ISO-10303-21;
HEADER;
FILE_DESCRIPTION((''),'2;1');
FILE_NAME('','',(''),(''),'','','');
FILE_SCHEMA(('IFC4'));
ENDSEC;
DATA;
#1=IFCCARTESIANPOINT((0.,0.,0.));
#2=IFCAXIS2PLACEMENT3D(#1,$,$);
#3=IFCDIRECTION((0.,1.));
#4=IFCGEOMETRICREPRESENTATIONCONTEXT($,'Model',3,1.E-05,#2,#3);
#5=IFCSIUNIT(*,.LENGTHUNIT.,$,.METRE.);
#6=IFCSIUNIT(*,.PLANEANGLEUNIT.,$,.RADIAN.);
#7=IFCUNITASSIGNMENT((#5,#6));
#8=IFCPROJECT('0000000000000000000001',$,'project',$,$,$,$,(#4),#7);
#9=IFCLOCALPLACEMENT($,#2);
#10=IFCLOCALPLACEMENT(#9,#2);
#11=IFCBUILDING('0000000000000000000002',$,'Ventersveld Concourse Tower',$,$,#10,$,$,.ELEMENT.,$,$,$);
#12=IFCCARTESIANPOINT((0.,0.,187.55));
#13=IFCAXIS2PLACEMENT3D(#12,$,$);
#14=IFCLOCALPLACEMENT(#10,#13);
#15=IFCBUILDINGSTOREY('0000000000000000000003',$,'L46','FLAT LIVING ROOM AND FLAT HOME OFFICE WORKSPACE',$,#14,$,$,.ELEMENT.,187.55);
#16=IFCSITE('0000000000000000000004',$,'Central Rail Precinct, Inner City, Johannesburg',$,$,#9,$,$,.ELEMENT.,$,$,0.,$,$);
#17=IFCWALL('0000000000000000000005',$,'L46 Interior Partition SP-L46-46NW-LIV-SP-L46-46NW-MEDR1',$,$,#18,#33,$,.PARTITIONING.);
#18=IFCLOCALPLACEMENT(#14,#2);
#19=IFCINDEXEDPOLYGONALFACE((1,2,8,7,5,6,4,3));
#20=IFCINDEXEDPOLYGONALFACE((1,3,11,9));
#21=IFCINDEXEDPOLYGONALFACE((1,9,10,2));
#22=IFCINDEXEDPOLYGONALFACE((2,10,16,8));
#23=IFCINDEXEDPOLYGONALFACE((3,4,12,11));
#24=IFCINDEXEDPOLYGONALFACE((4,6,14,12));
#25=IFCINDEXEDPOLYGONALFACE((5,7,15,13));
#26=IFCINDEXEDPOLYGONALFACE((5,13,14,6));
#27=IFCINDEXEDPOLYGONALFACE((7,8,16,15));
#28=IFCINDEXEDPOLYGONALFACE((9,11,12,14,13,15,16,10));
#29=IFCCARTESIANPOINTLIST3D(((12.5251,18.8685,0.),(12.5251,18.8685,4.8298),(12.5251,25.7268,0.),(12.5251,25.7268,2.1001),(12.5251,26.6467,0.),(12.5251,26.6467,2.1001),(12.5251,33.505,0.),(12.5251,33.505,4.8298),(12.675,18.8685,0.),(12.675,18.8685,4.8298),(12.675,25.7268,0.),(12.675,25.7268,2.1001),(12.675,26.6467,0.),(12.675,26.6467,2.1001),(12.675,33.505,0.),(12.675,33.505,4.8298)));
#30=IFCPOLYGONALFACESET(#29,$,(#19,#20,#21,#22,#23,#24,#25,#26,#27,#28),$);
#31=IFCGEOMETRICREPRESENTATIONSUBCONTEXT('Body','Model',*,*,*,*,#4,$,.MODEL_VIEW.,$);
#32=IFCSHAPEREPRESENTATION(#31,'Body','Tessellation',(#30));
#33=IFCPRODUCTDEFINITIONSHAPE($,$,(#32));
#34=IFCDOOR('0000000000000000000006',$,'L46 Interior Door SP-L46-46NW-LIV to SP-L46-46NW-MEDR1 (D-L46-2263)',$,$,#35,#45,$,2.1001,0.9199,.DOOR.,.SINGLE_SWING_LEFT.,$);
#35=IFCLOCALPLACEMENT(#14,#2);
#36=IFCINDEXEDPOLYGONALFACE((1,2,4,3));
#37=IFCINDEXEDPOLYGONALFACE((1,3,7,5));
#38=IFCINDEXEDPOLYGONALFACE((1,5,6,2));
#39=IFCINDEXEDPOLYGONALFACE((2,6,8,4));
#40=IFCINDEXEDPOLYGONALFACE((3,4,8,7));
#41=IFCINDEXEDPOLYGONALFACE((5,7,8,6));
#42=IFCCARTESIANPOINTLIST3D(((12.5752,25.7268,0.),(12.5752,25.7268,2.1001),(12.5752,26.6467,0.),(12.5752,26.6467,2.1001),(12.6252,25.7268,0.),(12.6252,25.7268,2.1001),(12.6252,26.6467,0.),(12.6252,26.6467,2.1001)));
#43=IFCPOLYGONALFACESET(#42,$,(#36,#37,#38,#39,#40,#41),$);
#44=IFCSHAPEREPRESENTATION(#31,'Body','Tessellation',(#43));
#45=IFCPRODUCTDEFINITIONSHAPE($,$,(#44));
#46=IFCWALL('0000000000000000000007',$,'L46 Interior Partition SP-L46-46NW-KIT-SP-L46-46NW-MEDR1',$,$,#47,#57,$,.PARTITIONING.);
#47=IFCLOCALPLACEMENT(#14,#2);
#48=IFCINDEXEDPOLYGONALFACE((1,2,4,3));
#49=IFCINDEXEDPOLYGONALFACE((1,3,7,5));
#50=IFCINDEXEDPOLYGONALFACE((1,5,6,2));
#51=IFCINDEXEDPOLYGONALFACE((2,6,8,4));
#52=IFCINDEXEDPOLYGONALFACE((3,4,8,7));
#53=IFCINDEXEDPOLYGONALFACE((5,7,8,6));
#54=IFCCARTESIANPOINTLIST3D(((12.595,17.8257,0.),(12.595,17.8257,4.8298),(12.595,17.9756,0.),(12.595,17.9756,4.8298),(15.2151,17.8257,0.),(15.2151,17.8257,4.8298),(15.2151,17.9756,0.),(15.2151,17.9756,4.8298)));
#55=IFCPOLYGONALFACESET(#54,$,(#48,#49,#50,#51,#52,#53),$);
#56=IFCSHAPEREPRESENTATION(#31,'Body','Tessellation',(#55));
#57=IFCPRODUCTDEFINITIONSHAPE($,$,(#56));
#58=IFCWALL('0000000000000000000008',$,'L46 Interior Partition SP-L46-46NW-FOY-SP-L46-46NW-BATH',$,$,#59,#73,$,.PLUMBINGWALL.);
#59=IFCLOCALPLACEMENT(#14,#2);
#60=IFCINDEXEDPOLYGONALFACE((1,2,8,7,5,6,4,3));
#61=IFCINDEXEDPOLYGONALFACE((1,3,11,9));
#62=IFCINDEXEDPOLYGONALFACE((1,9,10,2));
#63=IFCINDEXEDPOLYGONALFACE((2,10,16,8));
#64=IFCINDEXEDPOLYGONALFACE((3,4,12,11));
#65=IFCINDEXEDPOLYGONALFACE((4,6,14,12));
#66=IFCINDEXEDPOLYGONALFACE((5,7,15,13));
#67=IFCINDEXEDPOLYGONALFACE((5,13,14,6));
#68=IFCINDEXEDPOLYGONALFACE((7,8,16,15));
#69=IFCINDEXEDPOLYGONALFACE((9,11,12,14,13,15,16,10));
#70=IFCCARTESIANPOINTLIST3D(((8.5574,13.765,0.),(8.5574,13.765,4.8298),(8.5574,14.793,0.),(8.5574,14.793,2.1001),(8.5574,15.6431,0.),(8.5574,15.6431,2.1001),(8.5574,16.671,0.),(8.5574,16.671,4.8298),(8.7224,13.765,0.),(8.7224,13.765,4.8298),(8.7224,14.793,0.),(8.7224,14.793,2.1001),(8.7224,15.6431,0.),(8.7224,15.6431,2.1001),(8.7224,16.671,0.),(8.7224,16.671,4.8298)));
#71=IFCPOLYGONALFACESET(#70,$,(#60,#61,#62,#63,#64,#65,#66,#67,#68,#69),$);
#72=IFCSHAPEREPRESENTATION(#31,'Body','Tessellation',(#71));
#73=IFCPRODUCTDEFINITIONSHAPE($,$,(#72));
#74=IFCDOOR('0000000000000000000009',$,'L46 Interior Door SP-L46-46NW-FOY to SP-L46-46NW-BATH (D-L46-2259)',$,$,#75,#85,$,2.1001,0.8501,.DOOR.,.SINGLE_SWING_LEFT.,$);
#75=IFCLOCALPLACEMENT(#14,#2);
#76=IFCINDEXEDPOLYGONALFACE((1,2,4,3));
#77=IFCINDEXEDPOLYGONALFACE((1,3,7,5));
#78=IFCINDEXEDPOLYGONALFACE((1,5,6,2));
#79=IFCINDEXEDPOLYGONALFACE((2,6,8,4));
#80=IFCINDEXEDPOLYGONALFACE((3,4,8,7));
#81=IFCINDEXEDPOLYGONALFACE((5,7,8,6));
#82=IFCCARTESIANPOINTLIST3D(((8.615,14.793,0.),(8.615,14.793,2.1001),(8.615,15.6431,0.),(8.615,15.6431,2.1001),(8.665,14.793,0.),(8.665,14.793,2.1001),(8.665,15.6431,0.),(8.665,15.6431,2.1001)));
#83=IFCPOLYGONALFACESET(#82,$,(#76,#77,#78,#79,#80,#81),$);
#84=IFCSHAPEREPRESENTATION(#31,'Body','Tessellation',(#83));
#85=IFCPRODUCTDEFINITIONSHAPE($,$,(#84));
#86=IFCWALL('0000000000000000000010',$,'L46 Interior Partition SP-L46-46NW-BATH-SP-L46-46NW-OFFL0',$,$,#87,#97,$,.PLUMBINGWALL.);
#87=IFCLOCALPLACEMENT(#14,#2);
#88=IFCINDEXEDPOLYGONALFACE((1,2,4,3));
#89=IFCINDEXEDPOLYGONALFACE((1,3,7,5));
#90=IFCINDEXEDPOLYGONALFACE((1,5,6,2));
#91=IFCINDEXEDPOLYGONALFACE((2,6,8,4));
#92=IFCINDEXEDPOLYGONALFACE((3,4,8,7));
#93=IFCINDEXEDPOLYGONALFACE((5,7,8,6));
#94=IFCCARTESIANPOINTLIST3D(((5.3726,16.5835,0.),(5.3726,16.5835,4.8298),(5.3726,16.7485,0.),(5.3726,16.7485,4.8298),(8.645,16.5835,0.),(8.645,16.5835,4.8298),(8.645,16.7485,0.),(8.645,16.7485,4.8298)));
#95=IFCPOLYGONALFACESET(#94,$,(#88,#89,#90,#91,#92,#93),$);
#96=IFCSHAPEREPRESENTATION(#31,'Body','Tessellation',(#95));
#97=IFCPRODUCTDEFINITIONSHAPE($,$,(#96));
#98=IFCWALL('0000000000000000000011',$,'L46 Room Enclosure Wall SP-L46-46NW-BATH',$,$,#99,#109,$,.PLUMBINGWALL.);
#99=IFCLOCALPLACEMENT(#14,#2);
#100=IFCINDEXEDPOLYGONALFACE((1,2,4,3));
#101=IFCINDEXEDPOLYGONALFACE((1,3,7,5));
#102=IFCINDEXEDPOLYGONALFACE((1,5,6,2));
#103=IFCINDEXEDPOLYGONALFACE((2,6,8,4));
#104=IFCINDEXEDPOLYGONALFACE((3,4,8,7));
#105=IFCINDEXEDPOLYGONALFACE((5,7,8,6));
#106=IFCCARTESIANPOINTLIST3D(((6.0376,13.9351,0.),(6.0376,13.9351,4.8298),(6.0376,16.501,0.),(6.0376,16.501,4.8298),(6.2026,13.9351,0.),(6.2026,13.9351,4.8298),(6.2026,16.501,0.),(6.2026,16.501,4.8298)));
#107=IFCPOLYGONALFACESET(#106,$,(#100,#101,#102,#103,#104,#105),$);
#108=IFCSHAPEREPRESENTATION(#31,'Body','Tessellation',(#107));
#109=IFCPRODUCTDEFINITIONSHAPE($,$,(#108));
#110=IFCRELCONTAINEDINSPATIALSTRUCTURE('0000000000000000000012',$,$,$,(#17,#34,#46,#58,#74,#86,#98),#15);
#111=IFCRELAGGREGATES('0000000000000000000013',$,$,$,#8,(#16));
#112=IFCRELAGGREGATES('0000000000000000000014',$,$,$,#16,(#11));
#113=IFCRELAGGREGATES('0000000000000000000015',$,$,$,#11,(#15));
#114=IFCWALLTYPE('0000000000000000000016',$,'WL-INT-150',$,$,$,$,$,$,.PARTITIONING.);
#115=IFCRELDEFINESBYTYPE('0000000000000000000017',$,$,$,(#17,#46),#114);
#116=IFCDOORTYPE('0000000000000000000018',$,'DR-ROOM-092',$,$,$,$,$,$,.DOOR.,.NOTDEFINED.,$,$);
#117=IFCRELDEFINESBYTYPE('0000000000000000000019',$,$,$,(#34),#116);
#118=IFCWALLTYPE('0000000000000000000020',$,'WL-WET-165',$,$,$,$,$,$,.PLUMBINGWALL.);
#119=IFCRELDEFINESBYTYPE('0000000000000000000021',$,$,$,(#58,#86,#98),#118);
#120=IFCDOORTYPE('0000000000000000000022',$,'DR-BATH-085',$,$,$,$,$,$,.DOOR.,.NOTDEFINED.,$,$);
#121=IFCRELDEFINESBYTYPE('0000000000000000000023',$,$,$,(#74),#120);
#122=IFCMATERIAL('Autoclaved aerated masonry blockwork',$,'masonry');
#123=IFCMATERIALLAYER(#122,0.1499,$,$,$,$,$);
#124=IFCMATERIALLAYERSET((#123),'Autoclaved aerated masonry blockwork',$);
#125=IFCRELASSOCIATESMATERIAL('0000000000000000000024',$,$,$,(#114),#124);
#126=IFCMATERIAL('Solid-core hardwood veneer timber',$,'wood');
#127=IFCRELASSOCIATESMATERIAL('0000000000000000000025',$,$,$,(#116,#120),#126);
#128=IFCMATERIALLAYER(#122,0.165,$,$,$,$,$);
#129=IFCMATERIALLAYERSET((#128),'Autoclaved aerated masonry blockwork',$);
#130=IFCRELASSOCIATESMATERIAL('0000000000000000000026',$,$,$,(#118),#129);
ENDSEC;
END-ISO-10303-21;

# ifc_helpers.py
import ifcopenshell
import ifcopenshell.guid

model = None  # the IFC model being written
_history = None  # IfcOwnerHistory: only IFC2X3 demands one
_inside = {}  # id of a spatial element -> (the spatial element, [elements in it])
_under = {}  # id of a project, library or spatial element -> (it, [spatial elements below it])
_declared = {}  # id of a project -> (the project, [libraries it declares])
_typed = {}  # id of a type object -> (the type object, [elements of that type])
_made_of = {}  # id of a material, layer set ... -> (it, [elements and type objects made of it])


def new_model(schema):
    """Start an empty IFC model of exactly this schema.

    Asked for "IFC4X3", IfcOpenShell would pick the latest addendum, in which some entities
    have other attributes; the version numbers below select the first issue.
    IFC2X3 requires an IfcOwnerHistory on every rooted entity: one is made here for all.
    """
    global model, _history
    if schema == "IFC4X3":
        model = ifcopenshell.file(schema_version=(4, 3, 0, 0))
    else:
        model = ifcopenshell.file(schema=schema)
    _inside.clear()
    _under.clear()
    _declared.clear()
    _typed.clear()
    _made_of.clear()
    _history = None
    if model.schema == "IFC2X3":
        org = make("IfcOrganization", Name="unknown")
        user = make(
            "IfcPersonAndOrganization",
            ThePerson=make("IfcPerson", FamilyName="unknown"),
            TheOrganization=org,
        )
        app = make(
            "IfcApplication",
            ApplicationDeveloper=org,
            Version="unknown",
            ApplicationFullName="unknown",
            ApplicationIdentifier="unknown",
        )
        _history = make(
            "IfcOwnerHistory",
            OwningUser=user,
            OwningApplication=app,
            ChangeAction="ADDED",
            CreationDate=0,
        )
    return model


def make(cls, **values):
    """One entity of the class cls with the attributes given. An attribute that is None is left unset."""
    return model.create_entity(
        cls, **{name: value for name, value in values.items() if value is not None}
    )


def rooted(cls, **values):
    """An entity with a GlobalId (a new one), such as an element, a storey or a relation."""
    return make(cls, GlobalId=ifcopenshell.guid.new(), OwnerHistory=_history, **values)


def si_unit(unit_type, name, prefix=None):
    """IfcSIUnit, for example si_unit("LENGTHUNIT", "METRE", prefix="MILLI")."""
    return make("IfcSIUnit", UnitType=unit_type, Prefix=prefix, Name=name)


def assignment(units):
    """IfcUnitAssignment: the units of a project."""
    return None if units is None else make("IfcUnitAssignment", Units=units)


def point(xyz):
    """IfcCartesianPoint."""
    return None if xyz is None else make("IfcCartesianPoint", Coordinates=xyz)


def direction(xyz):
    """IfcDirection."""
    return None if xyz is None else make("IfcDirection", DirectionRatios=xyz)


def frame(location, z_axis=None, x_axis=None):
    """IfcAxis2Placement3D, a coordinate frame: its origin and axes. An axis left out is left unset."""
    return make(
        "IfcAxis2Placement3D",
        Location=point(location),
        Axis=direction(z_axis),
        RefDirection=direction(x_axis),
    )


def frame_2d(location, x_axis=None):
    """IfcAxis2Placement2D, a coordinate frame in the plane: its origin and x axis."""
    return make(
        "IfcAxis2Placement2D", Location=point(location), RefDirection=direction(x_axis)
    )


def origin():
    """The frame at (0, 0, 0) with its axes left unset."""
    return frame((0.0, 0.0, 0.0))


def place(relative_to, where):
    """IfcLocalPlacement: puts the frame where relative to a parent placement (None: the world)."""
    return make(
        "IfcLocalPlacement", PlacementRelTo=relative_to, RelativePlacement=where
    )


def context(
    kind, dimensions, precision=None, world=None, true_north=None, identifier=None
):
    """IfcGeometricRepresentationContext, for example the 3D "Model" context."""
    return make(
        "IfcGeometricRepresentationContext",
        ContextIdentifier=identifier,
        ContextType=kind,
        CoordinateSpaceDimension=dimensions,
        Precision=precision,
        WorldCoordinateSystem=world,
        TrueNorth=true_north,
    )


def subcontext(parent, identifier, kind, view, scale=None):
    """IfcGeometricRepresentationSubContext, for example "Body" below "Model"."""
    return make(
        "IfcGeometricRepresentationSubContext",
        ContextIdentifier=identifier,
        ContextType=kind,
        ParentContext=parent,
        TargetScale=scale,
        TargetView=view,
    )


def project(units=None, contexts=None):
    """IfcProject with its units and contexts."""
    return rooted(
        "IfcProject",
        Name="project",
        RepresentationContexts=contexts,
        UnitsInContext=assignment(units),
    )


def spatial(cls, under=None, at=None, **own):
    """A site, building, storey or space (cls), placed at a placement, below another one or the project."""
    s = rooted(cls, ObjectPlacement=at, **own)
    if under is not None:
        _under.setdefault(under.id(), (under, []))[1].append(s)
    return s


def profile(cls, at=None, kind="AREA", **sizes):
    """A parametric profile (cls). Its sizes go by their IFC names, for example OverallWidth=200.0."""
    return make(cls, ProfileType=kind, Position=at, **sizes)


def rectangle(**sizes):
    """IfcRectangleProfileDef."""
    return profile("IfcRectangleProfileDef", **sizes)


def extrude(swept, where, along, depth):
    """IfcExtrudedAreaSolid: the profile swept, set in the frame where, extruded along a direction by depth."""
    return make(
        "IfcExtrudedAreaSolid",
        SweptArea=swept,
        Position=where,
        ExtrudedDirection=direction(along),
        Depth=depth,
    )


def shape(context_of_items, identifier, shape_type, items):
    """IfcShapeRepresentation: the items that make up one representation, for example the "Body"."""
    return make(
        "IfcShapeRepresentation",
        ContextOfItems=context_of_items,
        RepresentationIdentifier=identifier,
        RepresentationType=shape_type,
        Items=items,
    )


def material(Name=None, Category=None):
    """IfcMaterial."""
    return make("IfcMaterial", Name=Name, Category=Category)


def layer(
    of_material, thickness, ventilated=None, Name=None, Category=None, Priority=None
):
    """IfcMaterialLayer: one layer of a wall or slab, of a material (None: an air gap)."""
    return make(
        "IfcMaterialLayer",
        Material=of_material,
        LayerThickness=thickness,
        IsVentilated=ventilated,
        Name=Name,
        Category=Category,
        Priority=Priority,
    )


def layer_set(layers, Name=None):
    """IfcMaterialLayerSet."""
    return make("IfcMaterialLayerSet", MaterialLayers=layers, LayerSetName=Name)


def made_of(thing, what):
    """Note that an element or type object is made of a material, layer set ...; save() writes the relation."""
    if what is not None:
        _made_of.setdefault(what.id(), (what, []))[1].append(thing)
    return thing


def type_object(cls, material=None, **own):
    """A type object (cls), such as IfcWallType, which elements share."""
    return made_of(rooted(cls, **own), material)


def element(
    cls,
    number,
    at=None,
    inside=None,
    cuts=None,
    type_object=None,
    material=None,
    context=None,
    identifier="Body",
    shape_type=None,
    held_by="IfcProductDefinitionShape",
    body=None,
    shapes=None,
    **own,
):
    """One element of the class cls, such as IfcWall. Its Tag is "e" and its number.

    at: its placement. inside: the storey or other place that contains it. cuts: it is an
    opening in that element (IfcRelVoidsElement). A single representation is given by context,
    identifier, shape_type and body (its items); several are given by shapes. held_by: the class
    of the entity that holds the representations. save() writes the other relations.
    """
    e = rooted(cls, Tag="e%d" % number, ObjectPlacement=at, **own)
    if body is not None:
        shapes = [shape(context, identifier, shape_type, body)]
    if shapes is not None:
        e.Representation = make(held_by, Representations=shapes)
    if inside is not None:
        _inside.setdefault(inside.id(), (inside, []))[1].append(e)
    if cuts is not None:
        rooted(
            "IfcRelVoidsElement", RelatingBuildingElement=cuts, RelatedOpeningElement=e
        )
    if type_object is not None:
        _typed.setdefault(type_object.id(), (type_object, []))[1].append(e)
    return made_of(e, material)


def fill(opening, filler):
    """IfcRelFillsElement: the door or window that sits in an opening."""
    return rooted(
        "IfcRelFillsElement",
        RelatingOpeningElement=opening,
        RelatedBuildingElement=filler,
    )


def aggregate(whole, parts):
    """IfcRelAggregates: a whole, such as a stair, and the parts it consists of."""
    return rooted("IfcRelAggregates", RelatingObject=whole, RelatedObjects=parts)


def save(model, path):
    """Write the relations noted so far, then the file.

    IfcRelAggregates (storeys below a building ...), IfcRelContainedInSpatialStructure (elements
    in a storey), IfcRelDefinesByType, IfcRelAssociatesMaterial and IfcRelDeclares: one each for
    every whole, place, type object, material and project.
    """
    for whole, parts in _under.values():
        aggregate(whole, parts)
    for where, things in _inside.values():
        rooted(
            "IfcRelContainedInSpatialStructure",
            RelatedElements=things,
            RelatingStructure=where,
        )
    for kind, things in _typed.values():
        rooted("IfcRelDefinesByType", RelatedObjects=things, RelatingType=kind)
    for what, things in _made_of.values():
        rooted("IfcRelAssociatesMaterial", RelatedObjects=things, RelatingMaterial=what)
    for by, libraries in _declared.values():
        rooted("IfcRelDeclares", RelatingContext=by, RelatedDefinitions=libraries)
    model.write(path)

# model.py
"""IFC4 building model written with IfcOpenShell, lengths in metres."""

from ifc_helpers import new_model, si_unit, direction, frame, frame_2d, origin, place, context, subcontext, project, spatial, rectangle, extrude, material, layer, layer_set, type_object, element, fill, save


model = new_model("IFC4")

# Units and contexts
model_context = context("Model", 3, precision=1e-05, world=origin(), true_north=direction((0.0, 1.0)))
body_context = subcontext(model_context, "Body", "Model", "MODEL_VIEW")
ifc_project = project(units=[si_unit("LENGTHUNIT", "METRE"), si_unit("PLANEANGLEUNIT", "RADIAN")], contexts=[model_context])

# Site, building, storey
site_placement = place(None, origin())
site = spatial("IfcSite", under=ifc_project, at=site_placement, Name="Central Rail Precinct, Inner City, Johannesburg", CompositionType="ELEMENT", RefElevation=0.0)
building_placement = place(site_placement, origin())
building = spatial("IfcBuilding", under=site, at=building_placement, Name="Ventersveld Concourse Tower", CompositionType="ELEMENT")
storey_placement = place(building_placement, frame((0.0, 0.0, 187.55)))
storey = spatial("IfcBuildingStorey", under=building, at=storey_placement, Name="L46", Description="FLAT LIVING ROOM AND FLAT HOME OFFICE WORKSPACE", CompositionType="ELEMENT", Elevation=187.55)

# Shared definitions
ifc_material_1 = material(Name="Solid-core hardwood veneer timber", Category="wood")

# Shared definitions
ifc_material_2 = material(Name="Autoclaved aerated masonry blockwork", Category="masonry")
ifc_layer_1 = layer(ifc_material_2, 0.1499)
ifc_layer_set_1 = layer_set([ifc_layer_1], Name="Autoclaved aerated masonry blockwork")
wall_type_1 = type_object("IfcWallType", Name="WL-INT-150", PredefinedType="PARTITIONING", material=ifc_layer_set_1)
door_type_1 = type_object("IfcDoorType", Name="DR-ROOM-092", OperationType="NOTDEFINED", PredefinedType="DOOR", material=ifc_material_1)

# Wall, opening, door
wall_1_placement = place(storey_placement, frame((12.6001, 18.8684, 0.0), z_axis=(0.0, 0.0, 1.0), x_axis=(0.0, 1.0, 0.0)))
wall_1 = element("IfcWall", 1, at=wall_1_placement, inside=storey, type_object=wall_type_1, Name="L46 Interior Partition SP-L46-46NW-LIV-SP-L46-46NW-MEDR1", PredefinedType="PARTITIONING", context=body_context, shape_type="SweptSolid", body=[
    extrude(rectangle(XDim=14.6365, YDim=0.1499, at=frame_2d((7.3184, 0.0))), origin(), (0.0, 0.0, 1.0), 4.8298),
])
opening_1_placement = place(wall_1_placement, frame((6.8584, 0.0, 0.0)))
opening_1 = element("IfcOpeningElement", 2, at=opening_1_placement, cuts=wall_1, PredefinedType="OPENING", context=body_context, shape_type="SweptSolid", body=[
    extrude(rectangle(XDim=0.9199, YDim=2.1001, at=frame_2d((0.46, 1.05))), frame((0.0, 0.085, 0.0), z_axis=(0.0, -1.0, 0.0), x_axis=(1.0, 0.0, 0.0)), (0.0, 0.0, 1.0), 0.1699),
])
door_1_placement = place(opening_1_placement, origin())
door_1 = element("IfcDoor", 3, at=door_1_placement, inside=storey, type_object=door_type_1, Name="L46 Interior Door SP-L46-46NW-LIV to SP-L46-46NW-MEDR1 (D-L46-2263)", OperationType="SINGLE_SWING_LEFT", OverallHeight=2.1001, OverallWidth=0.9199, PredefinedType="DOOR", context=body_context, shape_type="SweptSolid", body=[
    extrude(rectangle(XDim=0.9199, YDim=2.1001, at=frame_2d((0.46, 1.05))), frame((0.0, 0.0249, 0.0), z_axis=(0.0, -1.0, 0.0), x_axis=(1.0, 0.0, 0.0)), (0.0, 0.0, 1.0), 0.05),
])
fill(opening_1, door_1)

# Wall
wall_2_placement = place(storey_placement, frame((12.595, 17.9006, 0.0), z_axis=(0.0, 0.0, 1.0), x_axis=(1.0, 0.0, 0.0)))
element("IfcWall", 4, at=wall_2_placement, inside=storey, type_object=wall_type_1, Name="L46 Interior Partition SP-L46-46NW-KIT-SP-L46-46NW-MEDR1", PredefinedType="PARTITIONING", context=body_context, shape_type="SweptSolid", body=[
    extrude(rectangle(XDim=2.6201, YDim=0.1499, at=frame_2d((1.3101, 0.0))), origin(), (0.0, 0.0, 1.0), 4.8298),
])

# Wall, opening, door
ifc_layer_2 = layer(ifc_material_2, 0.165)
ifc_layer_set_2 = layer_set([ifc_layer_2], Name="Autoclaved aerated masonry blockwork")
wall_type_2 = type_object("IfcWallType", Name="WL-WET-165", PredefinedType="PLUMBINGWALL", material=ifc_layer_set_2)
wall_3_placement = place(storey_placement, frame((8.6399, 13.7649, 0.0), z_axis=(0.0, 0.0, 1.0), x_axis=(0.0, 1.0, 0.0)))
wall_3 = element("IfcWall", 5, at=wall_3_placement, inside=storey, type_object=wall_type_2, Name="L46 Interior Partition SP-L46-46NW-FOY-SP-L46-46NW-BATH", PredefinedType="PLUMBINGWALL", context=body_context, shape_type="SweptSolid", body=[
    extrude(rectangle(XDim=2.906, YDim=0.165, at=frame_2d((1.4531, 0.0))), origin(), (0.0, 0.0, 1.0), 4.8298),
])
opening_2_placement = place(wall_3_placement, frame((1.0281, 0.0, 0.0)))
opening_2 = element("IfcOpeningElement", 6, at=opening_2_placement, cuts=wall_3, PredefinedType="OPENING", context=body_context, shape_type="SweptSolid", body=[
    extrude(rectangle(XDim=0.8501, YDim=2.1001, at=frame_2d((0.425, 1.05))), frame((0.0, 0.0925, 0.0), z_axis=(0.0, -1.0, 0.0), x_axis=(1.0, 0.0, 0.0)), (0.0, 0.0, 1.0), 0.1851),
])
door_type_2 = type_object("IfcDoorType", Name="DR-BATH-085", OperationType="NOTDEFINED", PredefinedType="DOOR", material=ifc_material_1)
door_2_placement = place(opening_2_placement, origin())
door_2 = element("IfcDoor", 7, at=door_2_placement, inside=storey, type_object=door_type_2, Name="L46 Interior Door SP-L46-46NW-FOY to SP-L46-46NW-BATH (D-L46-2259)", OperationType="SINGLE_SWING_LEFT", OverallHeight=2.1001, OverallWidth=0.8501, PredefinedType="DOOR", context=body_context, shape_type="SweptSolid", body=[
    extrude(rectangle(XDim=0.8501, YDim=2.1001, at=frame_2d((0.425, 1.05))), frame((0.0, 0.0249, 0.0), z_axis=(0.0, -1.0, 0.0), x_axis=(1.0, 0.0, 0.0)), (0.0, 0.0, 1.0), 0.05),
])
fill(opening_2, door_2)

# Walls
wall_4_placement = place(storey_placement, frame((5.3726, 16.666, 0.0), z_axis=(0.0, 0.0, 1.0), x_axis=(1.0, 0.0, 0.0)))
element("IfcWall", 8, at=wall_4_placement, inside=storey, type_object=wall_type_2, Name="L46 Interior Partition SP-L46-46NW-BATH-SP-L46-46NW-OFFL0", PredefinedType="PLUMBINGWALL", context=body_context, shape_type="SweptSolid", body=[
    extrude(rectangle(XDim=3.2725, YDim=0.165, at=frame_2d((1.6362, 0.0))), origin(), (0.0, 0.0, 1.0), 4.8298),
])
wall_5_placement = place(storey_placement, frame((6.1201, 13.9351, 0.0), z_axis=(0.0, 0.0, 1.0), x_axis=(0.0, 1.0, 0.0)))
element("IfcWall", 9, at=wall_5_placement, inside=storey, type_object=wall_type_2, Name="L46 Room Enclosure Wall SP-L46-46NW-BATH", PredefinedType="PLUMBINGWALL", context=body_context, shape_type="SweptSolid", body=[
    extrude(rectangle(XDim=2.5659, YDim=0.165, at=frame_2d((1.283, 0.0))), origin(), (0.0, 0.0, 1.0), 4.8298),
])

save(model, "model.ifc")
